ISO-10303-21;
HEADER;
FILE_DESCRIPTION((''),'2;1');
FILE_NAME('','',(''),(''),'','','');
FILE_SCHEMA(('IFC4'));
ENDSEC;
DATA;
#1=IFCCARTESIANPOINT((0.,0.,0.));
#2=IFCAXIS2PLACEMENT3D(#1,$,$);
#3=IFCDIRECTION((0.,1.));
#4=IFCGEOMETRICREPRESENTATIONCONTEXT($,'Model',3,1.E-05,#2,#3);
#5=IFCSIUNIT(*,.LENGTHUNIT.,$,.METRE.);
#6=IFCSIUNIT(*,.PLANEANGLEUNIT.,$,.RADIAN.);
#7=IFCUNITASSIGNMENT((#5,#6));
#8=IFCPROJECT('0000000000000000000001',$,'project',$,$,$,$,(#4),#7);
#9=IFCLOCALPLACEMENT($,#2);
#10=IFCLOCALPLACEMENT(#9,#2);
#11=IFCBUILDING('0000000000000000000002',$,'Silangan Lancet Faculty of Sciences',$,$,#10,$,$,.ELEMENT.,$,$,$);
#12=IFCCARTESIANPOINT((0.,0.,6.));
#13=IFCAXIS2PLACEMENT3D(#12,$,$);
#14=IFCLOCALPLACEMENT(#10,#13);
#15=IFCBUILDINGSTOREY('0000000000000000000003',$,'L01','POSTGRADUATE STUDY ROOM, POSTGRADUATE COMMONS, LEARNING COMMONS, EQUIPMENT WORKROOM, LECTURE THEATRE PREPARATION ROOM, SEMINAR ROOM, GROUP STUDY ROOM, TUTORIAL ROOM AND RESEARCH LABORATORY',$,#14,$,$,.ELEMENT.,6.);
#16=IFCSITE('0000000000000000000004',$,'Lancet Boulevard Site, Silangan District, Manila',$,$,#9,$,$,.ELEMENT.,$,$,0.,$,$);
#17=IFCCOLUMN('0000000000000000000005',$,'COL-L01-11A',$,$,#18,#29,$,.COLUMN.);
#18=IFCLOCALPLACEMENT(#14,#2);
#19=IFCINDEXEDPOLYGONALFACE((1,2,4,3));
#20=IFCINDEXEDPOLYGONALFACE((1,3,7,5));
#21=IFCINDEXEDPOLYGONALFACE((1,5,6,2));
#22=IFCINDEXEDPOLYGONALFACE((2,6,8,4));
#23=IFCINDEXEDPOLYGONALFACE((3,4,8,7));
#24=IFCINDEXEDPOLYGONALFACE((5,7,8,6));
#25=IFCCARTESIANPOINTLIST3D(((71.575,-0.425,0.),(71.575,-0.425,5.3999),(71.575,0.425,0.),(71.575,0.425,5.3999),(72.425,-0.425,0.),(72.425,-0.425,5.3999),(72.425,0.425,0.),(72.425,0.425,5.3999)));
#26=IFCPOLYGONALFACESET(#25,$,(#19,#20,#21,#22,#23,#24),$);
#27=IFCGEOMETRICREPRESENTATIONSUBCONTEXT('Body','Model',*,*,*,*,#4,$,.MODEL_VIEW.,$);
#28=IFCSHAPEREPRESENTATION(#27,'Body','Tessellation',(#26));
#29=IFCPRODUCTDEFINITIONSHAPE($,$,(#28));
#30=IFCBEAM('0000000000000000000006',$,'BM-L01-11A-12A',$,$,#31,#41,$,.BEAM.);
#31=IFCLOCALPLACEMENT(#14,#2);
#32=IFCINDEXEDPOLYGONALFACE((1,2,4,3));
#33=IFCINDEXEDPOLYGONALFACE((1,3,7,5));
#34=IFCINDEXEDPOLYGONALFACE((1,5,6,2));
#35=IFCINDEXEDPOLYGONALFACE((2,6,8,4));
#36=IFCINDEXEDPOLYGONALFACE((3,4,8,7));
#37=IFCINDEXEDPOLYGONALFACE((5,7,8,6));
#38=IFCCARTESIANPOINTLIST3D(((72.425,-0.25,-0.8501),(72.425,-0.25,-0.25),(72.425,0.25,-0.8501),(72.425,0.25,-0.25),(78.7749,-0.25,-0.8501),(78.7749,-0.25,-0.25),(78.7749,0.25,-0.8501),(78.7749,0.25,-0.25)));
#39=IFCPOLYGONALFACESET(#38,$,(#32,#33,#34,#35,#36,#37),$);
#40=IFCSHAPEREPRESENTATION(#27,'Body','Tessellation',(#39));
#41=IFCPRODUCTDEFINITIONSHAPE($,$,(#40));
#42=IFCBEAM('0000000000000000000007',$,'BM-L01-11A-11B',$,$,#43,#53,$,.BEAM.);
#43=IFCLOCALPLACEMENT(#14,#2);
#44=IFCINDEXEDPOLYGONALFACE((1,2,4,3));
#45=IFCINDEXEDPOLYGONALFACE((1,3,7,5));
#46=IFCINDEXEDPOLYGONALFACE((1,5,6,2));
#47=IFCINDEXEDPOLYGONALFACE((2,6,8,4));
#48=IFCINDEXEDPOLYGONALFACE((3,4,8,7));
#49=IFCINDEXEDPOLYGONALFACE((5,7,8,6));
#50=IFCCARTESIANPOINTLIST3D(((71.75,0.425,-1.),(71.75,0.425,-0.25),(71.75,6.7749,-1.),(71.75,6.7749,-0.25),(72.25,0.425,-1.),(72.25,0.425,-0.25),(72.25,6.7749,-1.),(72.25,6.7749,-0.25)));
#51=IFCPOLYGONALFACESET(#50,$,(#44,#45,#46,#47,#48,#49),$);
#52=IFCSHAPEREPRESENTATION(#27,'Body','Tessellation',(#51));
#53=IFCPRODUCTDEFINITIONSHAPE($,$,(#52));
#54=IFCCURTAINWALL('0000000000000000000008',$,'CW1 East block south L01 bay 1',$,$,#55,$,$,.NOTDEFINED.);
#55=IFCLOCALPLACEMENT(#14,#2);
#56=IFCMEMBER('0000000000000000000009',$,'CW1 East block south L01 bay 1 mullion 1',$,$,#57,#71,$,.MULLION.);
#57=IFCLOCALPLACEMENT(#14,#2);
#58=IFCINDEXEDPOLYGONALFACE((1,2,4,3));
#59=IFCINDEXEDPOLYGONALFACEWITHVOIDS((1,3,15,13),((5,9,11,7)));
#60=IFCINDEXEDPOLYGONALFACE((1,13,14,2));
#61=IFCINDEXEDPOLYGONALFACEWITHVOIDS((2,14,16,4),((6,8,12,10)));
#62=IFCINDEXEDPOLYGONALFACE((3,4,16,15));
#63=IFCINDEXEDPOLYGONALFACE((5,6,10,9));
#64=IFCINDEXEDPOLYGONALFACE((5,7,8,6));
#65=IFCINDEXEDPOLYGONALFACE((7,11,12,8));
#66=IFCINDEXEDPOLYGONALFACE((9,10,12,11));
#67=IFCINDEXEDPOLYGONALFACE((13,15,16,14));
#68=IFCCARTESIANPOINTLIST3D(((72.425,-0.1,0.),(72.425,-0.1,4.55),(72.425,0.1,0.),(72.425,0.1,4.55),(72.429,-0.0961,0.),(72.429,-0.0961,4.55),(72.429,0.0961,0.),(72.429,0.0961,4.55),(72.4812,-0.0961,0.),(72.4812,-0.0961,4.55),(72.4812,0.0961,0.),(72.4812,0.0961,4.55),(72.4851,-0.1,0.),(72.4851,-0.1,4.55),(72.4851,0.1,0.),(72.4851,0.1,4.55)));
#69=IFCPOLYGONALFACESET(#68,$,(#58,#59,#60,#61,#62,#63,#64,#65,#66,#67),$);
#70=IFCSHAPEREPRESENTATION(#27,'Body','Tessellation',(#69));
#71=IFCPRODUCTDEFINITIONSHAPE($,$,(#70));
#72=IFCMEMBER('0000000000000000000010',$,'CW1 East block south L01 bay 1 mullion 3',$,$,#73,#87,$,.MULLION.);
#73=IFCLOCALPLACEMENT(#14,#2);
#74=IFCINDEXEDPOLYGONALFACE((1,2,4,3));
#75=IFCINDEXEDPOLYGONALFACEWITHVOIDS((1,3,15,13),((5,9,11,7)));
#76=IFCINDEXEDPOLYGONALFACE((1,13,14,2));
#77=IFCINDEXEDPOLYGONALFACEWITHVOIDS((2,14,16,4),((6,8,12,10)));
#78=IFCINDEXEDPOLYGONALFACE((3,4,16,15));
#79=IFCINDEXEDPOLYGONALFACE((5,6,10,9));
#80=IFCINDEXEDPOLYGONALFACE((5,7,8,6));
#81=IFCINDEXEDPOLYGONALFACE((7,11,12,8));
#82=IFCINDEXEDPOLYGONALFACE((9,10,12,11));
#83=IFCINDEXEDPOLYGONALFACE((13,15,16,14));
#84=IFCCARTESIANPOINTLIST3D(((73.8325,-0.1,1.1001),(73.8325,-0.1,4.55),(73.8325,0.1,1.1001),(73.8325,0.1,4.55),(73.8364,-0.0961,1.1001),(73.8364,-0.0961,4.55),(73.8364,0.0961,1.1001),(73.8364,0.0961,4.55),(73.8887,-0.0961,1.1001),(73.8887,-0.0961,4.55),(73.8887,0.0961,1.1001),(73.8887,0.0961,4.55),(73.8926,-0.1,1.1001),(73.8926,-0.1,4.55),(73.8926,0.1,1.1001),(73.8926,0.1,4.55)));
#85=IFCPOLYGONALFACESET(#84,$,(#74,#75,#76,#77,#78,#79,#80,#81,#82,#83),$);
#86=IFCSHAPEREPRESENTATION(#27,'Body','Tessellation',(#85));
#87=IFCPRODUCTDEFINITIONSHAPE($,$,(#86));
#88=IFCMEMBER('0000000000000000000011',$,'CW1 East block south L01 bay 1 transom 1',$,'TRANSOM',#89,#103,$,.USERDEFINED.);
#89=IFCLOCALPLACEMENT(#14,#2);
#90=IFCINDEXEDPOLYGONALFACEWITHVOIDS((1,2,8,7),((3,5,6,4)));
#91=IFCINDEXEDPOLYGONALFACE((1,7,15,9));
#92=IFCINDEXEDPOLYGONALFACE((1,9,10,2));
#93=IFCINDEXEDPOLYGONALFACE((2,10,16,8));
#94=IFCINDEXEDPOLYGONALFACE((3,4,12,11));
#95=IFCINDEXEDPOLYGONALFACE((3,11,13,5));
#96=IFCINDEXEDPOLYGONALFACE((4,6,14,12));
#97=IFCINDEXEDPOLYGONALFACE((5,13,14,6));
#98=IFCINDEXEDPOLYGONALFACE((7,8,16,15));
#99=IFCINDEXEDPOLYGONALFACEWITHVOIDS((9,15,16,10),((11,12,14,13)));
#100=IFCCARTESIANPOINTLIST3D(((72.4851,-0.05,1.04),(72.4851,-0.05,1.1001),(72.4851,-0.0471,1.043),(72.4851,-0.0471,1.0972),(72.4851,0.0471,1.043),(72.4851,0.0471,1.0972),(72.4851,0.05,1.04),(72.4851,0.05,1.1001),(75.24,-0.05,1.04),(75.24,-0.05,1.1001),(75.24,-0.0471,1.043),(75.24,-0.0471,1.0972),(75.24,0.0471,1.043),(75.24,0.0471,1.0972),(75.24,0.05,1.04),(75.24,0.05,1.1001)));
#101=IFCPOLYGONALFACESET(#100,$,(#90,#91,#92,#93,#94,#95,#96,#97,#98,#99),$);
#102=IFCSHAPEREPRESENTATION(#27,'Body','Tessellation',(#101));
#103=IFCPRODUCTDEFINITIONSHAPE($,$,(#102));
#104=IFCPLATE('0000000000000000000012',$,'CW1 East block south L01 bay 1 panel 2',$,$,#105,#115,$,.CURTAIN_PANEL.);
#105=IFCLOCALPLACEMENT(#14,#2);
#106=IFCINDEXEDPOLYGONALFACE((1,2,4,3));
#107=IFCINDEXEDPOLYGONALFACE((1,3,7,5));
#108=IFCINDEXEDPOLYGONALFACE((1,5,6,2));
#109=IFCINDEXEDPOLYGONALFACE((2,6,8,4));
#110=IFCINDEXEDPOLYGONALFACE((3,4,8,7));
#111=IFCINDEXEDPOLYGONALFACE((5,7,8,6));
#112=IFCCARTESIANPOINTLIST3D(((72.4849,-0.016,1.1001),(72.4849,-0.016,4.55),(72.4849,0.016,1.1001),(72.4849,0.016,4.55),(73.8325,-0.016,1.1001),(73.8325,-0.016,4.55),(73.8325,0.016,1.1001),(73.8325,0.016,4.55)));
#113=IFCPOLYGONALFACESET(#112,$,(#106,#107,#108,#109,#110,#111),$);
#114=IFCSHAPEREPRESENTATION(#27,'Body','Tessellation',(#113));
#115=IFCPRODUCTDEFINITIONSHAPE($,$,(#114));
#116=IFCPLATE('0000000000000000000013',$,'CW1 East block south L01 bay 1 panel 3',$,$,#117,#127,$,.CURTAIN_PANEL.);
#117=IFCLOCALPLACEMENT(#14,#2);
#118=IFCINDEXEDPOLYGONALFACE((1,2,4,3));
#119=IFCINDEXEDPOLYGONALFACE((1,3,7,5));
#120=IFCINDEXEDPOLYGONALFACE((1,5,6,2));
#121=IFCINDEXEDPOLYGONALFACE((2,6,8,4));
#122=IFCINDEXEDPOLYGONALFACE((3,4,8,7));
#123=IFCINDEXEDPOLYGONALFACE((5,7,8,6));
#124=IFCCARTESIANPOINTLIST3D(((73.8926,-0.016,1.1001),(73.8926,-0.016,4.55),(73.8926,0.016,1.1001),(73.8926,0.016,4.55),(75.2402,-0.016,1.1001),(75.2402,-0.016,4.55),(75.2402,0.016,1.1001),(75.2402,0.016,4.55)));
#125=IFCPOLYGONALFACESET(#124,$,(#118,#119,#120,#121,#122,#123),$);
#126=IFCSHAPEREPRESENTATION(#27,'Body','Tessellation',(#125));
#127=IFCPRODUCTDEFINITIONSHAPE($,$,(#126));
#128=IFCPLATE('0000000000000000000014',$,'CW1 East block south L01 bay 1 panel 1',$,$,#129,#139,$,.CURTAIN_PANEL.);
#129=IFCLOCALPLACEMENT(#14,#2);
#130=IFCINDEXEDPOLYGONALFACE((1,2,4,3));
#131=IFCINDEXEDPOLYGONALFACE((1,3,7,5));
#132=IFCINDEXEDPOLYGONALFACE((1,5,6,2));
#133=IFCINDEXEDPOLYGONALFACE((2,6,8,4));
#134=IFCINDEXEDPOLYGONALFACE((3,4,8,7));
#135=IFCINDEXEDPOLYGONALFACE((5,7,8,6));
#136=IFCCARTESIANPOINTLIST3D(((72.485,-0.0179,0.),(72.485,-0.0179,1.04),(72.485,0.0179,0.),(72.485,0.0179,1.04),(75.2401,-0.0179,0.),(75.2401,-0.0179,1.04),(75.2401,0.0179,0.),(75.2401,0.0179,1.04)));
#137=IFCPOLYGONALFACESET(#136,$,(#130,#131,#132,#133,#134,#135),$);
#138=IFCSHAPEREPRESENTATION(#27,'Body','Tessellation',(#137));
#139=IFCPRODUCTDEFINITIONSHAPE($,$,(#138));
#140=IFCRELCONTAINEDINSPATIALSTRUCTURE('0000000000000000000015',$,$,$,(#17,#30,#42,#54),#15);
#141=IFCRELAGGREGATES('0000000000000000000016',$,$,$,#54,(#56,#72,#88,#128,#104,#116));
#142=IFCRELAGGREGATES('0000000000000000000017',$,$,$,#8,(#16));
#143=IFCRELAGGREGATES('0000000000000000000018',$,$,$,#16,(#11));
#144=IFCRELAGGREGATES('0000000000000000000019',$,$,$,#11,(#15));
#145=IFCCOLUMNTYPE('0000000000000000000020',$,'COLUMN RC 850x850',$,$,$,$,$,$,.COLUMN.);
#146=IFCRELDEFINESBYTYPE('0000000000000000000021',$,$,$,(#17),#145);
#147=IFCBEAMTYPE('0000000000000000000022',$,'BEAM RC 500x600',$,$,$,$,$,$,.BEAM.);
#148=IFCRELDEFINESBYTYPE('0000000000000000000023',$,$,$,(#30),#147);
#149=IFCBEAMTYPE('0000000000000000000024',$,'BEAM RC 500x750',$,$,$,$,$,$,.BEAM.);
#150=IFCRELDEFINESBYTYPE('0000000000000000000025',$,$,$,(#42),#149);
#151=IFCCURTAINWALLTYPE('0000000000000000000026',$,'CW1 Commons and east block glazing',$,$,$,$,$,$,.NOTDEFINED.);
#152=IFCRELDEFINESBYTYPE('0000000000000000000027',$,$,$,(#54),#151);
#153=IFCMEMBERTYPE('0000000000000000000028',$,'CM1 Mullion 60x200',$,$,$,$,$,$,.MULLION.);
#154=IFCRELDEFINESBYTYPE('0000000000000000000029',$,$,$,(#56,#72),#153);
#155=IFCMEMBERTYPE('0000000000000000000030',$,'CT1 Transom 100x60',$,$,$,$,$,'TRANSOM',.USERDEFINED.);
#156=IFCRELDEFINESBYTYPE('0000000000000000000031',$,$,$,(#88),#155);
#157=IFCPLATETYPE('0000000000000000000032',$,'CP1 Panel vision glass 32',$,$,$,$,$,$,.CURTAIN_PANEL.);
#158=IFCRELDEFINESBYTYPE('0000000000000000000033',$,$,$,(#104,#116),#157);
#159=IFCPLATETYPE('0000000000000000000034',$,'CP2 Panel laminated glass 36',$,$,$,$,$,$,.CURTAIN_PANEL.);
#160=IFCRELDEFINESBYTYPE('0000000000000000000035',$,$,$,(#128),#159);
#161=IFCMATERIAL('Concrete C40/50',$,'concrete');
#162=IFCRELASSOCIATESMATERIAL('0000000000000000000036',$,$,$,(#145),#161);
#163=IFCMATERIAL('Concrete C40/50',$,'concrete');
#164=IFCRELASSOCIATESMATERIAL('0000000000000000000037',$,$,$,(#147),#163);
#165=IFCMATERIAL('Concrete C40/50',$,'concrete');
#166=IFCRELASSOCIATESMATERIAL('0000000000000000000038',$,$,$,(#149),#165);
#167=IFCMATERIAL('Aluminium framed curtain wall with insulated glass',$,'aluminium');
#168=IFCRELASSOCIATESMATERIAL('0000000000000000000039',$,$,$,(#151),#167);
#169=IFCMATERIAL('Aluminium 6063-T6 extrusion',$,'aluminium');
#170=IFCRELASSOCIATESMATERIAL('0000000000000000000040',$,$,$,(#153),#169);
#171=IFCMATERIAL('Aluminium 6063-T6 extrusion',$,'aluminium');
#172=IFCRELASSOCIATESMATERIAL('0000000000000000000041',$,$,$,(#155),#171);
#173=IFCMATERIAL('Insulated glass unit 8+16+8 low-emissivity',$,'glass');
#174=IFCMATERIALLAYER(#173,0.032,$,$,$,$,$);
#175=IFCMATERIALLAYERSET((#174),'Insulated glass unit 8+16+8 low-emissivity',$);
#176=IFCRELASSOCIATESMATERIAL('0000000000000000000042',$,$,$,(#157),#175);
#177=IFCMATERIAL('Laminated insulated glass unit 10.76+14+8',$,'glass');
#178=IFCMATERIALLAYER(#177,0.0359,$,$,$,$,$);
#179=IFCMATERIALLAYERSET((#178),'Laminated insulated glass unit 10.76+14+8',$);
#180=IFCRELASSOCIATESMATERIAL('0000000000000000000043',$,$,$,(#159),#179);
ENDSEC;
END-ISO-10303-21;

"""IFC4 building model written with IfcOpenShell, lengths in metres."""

from ifc_helpers import new_model, si_unit, direction, frame, origin, origin_2d, place, context, subcontext, project, spatial, rectangle, hollow_rectangle, extrude, material, layer, layer_set, material_profile, profile_set, type_object, element, aggregate, save


model = new_model("IFC4")

# Units and contexts
model_context = context("Model", 3, precision=1e-05, world=origin(), true_north=direction((0.0, 1.0)))
body_context = subcontext(model_context, "Body", "Model", "MODEL_VIEW")
ifc_project = project(units=[si_unit("LENGTHUNIT", "METRE"), si_unit("PLANEANGLEUNIT", "RADIAN")], contexts=[model_context])

# Site, building, storey
site_placement = place(None, origin())
site = spatial("IfcSite", under=ifc_project, at=site_placement, Name="Lancet Boulevard Site, Silangan District, Manila", CompositionType="ELEMENT", RefElevation=0.0)
building_placement = place(site_placement, origin())
building = spatial("IfcBuilding", under=site, at=building_placement, Name="Silangan Lancet Faculty of Sciences", CompositionType="ELEMENT")
storey_placement = place(building_placement, frame((0.0, 0.0, 6.0)))
storey = spatial("IfcBuildingStorey", under=building, at=storey_placement, Name="L01", Description="POSTGRADUATE STUDY ROOM, POSTGRADUATE COMMONS, LEARNING COMMONS, EQUIPMENT WORKROOM, LECTURE THEATRE PREPARATION ROOM, SEMINAR ROOM, GROUP STUDY ROOM, TUTORIAL ROOM AND RESEARCH LABORATORY", CompositionType="ELEMENT", Elevation=6.0)

# Column
ifc_material_1 = material(Name="Concrete C40/50", Category="concrete")
ifc_material_profile_1 = material_profile(ifc_material_1, rectangle(XDim=0.8501, YDim=0.8501, at=origin_2d()), Name="RC 850x850")
ifc_profile_set_1 = profile_set([ifc_material_profile_1], Name="Concrete C40/50")
column_type = type_object("IfcColumnType", Name="COLUMN RC 850x850", PredefinedType="COLUMN", material=ifc_profile_set_1)
column_placement = place(storey_placement, frame((72.0, 0.0, 0.0), z_axis=(0.0, 0.0, 1.0), x_axis=(1.0, 0.0, 0.0)))
element("IfcColumn", 1, at=column_placement, inside=storey, type_object=column_type, Name="COL-L01-11A", PredefinedType="COLUMN", context=body_context, shape_type="SweptSolid", body=[
    extrude(rectangle(XDim=0.8501, YDim=0.8501, at=origin_2d()), origin(), (0.0, 0.0, 1.0), 5.3999),
])

# Beams
ifc_material_2 = material(Name="Concrete C40/50", Category="concrete")
ifc_material_profile_2 = material_profile(ifc_material_2, rectangle(XDim=0.5, YDim=0.6001, at=origin_2d()), Name="RC 500x600")
ifc_profile_set_2 = profile_set([ifc_material_profile_2], Name="Concrete C40/50")
beam_type_1 = type_object("IfcBeamType", Name="BEAM RC 500x600", PredefinedType="BEAM", material=ifc_profile_set_2)
beam_1_placement = place(storey_placement, frame((72.425, 0.0, -0.55), z_axis=(1.0, 0.0, 0.0), x_axis=(0.0, 1.0, 0.0)))
element("IfcBeam", 2, at=beam_1_placement, inside=storey, type_object=beam_type_1, Name="BM-L01-11A-12A", PredefinedType="BEAM", context=body_context, shape_type="SweptSolid", body=[
    extrude(rectangle(XDim=0.5, YDim=0.6001, at=origin_2d()), origin(), (0.0, 0.0, 1.0), 6.3499),
])
ifc_material_3 = material(Name="Concrete C40/50", Category="concrete")
ifc_material_profile_3 = material_profile(ifc_material_3, rectangle(XDim=0.5, YDim=0.75, at=origin_2d()), Name="RC 500x750")
ifc_profile_set_3 = profile_set([ifc_material_profile_3], Name="Concrete C40/50")
beam_type_2 = type_object("IfcBeamType", Name="BEAM RC 500x750", PredefinedType="BEAM", material=ifc_profile_set_3)
beam_2_placement = place(storey_placement, frame((72.0, 0.425, -0.625), z_axis=(0.0, 1.0, 0.0), x_axis=(-1.0, 0.0, 0.0)))
element("IfcBeam", 3, at=beam_2_placement, inside=storey, type_object=beam_type_2, Name="BM-L01-11A-11B", PredefinedType="BEAM", context=body_context, shape_type="SweptSolid", body=[
    extrude(rectangle(XDim=0.5, YDim=0.75, at=origin_2d()), origin(), (0.0, 0.0, 1.0), 6.3499),
])

# Curtain wall, members, plates
ifc_material_4 = material(Name="Aluminium framed curtain wall with insulated glass", Category="aluminium")
curtain_wall_type = type_object("IfcCurtainWallType", Name="CW1 Commons and east block glazing", PredefinedType="NOTDEFINED", material=ifc_material_4)
curtain_wall_placement = place(storey_placement, origin())
curtain_wall = element("IfcCurtainWall", 4, at=curtain_wall_placement, inside=storey, type_object=curtain_wall_type, Name="CW1 East block south L01 bay 1", PredefinedType="NOTDEFINED")
ifc_material_5 = material(Name="Aluminium 6063-T6 extrusion", Category="aluminium")
ifc_material_profile_4 = material_profile(ifc_material_5, hollow_rectangle(XDim=0.0601, YDim=0.2, WallThickness=0.0039, at=origin_2d()), Name="AL BOX 60x200x4")
ifc_profile_set_4 = profile_set([ifc_material_profile_4], Name="Aluminium 6063-T6 extrusion")
member_type_1 = type_object("IfcMemberType", Name="CM1 Mullion 60x200", PredefinedType="MULLION", material=ifc_profile_set_4)
member_1_placement = place(storey_placement, frame((72.4551, 0.0, 0.0), z_axis=(0.0, 0.0, 1.0), x_axis=(1.0, 0.0, 0.0)))
member_1 = element("IfcMember", 5, at=member_1_placement, type_object=member_type_1, Name="CW1 East block south L01 bay 1 mullion 1", PredefinedType="MULLION", context=body_context, shape_type="SweptSolid", body=[
    extrude(hollow_rectangle(XDim=0.0601, YDim=0.2, WallThickness=0.0039, at=origin_2d()), origin(), (0.0, 0.0, 1.0), 4.55),
])
member_2_placement = place(storey_placement, frame((73.8625, 0.0, 1.1001), z_axis=(0.0, 0.0, 1.0), x_axis=(1.0, 0.0, 0.0)))
member_2 = element("IfcMember", 6, at=member_2_placement, type_object=member_type_1, Name="CW1 East block south L01 bay 1 mullion 3", PredefinedType="MULLION", context=body_context, shape_type="SweptSolid", body=[
    extrude(hollow_rectangle(XDim=0.0601, YDim=0.2, WallThickness=0.0039, at=origin_2d()), origin(), (0.0, 0.0, 1.0), 3.45),
])
ifc_material_6 = material(Name="Aluminium 6063-T6 extrusion", Category="aluminium")
ifc_material_profile_5 = material_profile(ifc_material_6, hollow_rectangle(XDim=0.1001, YDim=0.0601, WallThickness=0.0029, at=origin_2d()), Name="AL BOX 100x60x3")
ifc_profile_set_5 = profile_set([ifc_material_profile_5], Name="Aluminium 6063-T6 extrusion")
member_type_2 = type_object("IfcMemberType", Name="CT1 Transom 100x60", ElementType="TRANSOM", PredefinedType="USERDEFINED", material=ifc_profile_set_5)
member_3_placement = place(storey_placement, frame((72.4851, 0.0, 1.0701), z_axis=(1.0, 0.0, 0.0), x_axis=(0.0, 1.0, 0.0)))
member_3 = element("IfcMember", 7, at=member_3_placement, type_object=member_type_2, Name="CW1 East block south L01 bay 1 transom 1", ObjectType="TRANSOM", PredefinedType="USERDEFINED", context=body_context, shape_type="SweptSolid", body=[
    extrude(hollow_rectangle(XDim=0.1001, YDim=0.0601, WallThickness=0.0029, at=origin_2d()), origin(), (0.0, 0.0, 1.0), 2.7549),
])
ifc_material_7 = material(Name="Insulated glass unit 8+16+8 low-emissivity", Category="glass")
ifc_layer_1 = layer(ifc_material_7, 0.032)
ifc_layer_set_1 = layer_set([ifc_layer_1], Name="Insulated glass unit 8+16+8 low-emissivity")
plate_type_1 = type_object("IfcPlateType", Name="CP1 Panel vision glass 32", PredefinedType="CURTAIN_PANEL", material=ifc_layer_set_1)
plate_1_placement = place(storey_placement, frame((73.1587, 0.0, 1.1001), z_axis=(0.0, 0.0, 1.0), x_axis=(1.0, 0.0, 0.0)))
plate_1 = element("IfcPlate", 8, at=plate_1_placement, type_object=plate_type_1, Name="CW1 East block south L01 bay 1 panel 2", PredefinedType="CURTAIN_PANEL", context=body_context, shape_type="SweptSolid", body=[
    extrude(rectangle(XDim=1.3477, YDim=0.032, at=origin_2d()), origin(), (0.0, 0.0, 1.0), 3.45),
])
plate_2_placement = place(storey_placement, frame((74.5664, 0.0, 1.1001), z_axis=(0.0, 0.0, 1.0), x_axis=(1.0, 0.0, 0.0)))
plate_2 = element("IfcPlate", 9, at=plate_2_placement, type_object=plate_type_1, Name="CW1 East block south L01 bay 1 panel 3", PredefinedType="CURTAIN_PANEL", context=body_context, shape_type="SweptSolid", body=[
    extrude(rectangle(XDim=1.3477, YDim=0.032, at=origin_2d()), origin(), (0.0, 0.0, 1.0), 3.45),
])
ifc_material_8 = material(Name="Laminated insulated glass unit 10.76+14+8", Category="glass")
ifc_layer_2 = layer(ifc_material_8, 0.0359)
ifc_layer_set_2 = layer_set([ifc_layer_2], Name="Laminated insulated glass unit 10.76+14+8")
plate_type_2 = type_object("IfcPlateType", Name="CP2 Panel laminated glass 36", PredefinedType="CURTAIN_PANEL", material=ifc_layer_set_2)
plate_3_placement = place(storey_placement, frame((73.8625, 0.0, 0.0), z_axis=(0.0, 0.0, 1.0), x_axis=(1.0, 0.0, 0.0)))
plate_3 = element("IfcPlate", 10, at=plate_3_placement, type_object=plate_type_2, Name="CW1 East block south L01 bay 1 panel 1", PredefinedType="CURTAIN_PANEL", context=body_context, shape_type="SweptSolid", body=[
    extrude(rectangle(XDim=2.7551, YDim=0.0359, at=origin_2d()), origin(), (0.0, 0.0, 1.0), 1.04),
])
aggregate(curtain_wall, [member_1, member_2, member_3, plate_3, plate_1, plate_2])

save(model, "model.ifc")
